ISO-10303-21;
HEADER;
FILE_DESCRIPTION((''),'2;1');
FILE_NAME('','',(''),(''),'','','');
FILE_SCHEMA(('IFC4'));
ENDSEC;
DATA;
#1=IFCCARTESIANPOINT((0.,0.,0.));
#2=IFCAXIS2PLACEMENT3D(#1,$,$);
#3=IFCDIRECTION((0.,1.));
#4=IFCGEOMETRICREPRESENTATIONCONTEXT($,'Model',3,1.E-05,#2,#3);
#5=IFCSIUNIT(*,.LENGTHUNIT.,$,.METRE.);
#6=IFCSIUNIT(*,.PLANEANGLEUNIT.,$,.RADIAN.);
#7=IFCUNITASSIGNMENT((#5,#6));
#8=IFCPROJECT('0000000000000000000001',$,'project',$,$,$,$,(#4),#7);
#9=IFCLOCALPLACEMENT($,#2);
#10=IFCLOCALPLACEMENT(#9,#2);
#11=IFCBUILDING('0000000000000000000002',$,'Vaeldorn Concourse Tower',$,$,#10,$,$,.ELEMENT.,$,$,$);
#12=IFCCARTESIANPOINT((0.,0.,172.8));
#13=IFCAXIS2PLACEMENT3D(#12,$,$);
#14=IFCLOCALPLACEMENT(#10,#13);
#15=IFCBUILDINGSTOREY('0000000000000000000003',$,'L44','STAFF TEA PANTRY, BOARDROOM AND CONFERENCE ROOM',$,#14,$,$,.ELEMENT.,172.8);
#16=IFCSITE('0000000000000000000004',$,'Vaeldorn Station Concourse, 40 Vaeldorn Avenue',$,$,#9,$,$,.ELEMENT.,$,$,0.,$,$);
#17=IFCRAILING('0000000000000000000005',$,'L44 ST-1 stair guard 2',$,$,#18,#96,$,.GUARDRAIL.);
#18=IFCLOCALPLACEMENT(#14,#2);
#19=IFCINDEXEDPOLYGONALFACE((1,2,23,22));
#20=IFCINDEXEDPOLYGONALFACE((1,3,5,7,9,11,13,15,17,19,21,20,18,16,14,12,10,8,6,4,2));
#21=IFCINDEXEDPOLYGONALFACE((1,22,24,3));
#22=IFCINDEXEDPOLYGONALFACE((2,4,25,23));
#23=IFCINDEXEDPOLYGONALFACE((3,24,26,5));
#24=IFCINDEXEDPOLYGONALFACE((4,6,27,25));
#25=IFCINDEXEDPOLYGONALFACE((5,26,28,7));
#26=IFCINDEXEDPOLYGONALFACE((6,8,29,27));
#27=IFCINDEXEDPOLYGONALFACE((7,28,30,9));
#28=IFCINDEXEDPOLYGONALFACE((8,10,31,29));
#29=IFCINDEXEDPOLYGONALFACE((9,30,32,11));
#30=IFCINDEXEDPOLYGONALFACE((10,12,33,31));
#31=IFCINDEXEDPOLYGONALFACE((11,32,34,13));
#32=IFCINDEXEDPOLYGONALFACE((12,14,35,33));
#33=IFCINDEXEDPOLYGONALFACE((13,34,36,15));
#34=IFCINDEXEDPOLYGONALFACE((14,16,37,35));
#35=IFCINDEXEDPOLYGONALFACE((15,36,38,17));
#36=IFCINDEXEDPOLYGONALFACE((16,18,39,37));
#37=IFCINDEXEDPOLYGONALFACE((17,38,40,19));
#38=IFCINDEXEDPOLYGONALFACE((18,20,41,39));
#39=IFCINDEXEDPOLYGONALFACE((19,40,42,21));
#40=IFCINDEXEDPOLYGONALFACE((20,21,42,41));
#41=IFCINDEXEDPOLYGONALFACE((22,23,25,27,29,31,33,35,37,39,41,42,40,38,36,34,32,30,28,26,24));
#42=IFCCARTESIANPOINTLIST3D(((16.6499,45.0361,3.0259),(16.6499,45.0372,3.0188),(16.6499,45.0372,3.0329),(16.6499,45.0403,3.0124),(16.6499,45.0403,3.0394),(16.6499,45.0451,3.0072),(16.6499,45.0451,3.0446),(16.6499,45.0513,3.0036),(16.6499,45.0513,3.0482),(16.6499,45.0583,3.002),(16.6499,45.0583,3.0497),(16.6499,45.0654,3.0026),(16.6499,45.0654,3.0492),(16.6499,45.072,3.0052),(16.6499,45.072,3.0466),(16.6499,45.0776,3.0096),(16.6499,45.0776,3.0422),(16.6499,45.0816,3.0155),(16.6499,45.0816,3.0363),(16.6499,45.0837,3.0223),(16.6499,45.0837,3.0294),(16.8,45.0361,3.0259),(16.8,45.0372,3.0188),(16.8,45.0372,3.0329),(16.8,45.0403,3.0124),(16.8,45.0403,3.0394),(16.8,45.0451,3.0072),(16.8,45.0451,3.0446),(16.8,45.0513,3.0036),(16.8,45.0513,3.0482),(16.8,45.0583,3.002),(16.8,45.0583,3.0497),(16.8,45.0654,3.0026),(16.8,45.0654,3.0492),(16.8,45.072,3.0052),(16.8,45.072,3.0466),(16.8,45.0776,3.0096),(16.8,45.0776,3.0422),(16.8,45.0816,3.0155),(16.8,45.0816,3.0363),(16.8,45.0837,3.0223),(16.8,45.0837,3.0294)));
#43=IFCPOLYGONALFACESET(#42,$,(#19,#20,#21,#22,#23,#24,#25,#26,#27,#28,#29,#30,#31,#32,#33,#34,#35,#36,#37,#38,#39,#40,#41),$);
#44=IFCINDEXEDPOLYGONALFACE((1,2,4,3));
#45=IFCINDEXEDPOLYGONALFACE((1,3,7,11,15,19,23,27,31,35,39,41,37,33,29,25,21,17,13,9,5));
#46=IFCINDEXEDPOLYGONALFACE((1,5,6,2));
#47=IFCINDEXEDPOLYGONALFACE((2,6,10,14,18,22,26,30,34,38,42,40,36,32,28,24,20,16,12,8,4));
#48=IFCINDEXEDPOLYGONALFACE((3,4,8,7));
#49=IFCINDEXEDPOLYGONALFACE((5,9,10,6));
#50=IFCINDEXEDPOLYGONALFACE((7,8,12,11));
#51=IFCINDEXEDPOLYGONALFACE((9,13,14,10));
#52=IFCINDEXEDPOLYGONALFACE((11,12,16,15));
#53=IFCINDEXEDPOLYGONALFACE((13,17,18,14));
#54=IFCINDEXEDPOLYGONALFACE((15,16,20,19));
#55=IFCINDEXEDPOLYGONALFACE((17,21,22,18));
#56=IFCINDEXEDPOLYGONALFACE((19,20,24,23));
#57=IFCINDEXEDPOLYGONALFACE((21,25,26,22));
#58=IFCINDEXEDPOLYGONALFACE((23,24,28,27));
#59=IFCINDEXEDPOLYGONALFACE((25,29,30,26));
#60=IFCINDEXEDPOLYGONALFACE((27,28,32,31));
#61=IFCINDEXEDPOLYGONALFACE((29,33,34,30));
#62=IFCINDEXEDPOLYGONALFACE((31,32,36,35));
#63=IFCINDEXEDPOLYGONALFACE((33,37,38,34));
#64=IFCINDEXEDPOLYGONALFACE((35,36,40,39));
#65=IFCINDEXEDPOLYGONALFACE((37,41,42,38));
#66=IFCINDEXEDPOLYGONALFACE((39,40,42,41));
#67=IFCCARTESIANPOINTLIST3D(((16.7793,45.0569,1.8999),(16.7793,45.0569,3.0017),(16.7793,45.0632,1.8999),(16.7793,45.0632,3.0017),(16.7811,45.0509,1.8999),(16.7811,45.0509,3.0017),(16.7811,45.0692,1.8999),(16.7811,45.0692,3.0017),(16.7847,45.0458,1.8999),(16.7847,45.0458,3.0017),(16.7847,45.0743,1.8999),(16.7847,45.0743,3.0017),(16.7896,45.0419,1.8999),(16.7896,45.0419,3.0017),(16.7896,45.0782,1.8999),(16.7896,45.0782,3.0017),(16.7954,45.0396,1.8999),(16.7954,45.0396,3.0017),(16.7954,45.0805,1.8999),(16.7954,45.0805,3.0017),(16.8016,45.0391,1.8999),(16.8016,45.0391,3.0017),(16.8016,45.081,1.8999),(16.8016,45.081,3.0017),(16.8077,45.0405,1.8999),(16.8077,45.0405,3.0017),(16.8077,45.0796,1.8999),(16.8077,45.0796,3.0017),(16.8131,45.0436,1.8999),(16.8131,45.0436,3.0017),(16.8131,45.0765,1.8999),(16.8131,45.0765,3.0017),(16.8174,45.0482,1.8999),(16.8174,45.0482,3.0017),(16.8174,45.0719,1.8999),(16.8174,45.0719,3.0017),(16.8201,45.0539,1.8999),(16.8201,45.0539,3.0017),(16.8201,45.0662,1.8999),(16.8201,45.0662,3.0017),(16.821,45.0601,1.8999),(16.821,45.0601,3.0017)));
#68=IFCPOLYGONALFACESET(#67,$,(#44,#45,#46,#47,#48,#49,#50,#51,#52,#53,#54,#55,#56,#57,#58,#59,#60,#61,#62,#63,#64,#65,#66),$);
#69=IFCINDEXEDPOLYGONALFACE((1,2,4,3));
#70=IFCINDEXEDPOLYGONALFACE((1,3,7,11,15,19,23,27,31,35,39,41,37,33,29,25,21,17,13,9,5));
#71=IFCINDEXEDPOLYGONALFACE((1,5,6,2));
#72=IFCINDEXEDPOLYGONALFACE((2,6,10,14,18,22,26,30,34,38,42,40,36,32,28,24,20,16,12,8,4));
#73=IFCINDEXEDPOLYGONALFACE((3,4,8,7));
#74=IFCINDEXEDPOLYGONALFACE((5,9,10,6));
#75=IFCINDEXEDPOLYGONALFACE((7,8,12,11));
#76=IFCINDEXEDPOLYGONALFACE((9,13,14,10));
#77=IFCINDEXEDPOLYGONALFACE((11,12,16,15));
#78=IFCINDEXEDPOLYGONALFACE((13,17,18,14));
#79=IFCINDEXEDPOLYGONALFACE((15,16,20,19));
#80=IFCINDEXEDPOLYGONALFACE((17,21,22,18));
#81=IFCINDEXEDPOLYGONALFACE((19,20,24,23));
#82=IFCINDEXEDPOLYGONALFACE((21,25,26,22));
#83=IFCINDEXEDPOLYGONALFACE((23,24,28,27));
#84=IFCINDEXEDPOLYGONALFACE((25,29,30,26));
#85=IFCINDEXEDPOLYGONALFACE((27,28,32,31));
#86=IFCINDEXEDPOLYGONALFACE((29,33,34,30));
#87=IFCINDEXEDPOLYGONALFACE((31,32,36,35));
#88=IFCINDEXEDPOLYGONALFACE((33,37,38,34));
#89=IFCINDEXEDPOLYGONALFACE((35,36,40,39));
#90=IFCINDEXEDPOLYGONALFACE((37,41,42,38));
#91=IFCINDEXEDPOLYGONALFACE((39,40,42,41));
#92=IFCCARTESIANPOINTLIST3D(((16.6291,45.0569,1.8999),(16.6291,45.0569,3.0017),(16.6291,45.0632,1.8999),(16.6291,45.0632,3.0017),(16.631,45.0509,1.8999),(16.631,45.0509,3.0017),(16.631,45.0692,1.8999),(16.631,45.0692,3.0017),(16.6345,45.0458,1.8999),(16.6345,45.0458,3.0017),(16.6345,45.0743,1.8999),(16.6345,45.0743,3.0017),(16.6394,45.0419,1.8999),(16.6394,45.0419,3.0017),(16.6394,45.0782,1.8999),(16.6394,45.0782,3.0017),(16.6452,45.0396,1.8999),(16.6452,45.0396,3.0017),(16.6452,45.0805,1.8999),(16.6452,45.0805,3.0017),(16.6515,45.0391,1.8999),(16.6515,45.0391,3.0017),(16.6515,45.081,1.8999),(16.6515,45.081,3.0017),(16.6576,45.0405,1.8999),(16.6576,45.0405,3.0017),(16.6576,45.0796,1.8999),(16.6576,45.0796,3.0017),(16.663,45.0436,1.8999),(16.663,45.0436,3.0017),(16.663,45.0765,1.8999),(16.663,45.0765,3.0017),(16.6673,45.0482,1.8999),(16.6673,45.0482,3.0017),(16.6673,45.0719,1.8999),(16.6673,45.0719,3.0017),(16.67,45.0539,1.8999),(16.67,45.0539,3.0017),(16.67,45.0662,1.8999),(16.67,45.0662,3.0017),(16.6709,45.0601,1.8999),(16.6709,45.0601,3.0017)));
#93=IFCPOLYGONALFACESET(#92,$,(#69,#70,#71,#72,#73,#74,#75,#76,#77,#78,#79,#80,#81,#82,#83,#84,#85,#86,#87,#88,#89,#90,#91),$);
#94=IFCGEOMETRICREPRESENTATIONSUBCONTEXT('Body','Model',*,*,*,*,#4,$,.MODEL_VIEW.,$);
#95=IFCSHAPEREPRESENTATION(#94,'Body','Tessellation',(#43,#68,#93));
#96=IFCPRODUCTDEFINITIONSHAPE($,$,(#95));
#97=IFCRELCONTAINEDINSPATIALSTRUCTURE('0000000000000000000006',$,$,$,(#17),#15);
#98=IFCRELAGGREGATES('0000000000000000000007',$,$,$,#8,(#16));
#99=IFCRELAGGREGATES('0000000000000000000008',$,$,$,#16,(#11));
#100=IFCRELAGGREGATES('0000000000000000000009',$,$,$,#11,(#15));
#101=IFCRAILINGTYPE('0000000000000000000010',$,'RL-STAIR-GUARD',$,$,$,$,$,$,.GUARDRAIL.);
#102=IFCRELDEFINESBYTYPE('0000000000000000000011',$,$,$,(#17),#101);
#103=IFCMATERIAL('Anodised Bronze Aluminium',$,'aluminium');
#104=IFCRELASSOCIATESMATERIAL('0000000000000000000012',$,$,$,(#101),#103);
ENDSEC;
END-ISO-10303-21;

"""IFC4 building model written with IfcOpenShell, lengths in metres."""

from ifc_helpers import new_model, si_unit, direction, frame, origin, origin_2d, place, context, subcontext, project, spatial, circle, extrude, material, type_object, element, save


model = new_model("IFC4")

# Units and contexts
model_context = context("Model", 3, precision=1e-05, world=origin(), true_north=direction((0.0, 1.0)))
body_context = subcontext(model_context, "Body", "Model", "MODEL_VIEW")
ifc_project = project(units=[si_unit("LENGTHUNIT", "METRE"), si_unit("PLANEANGLEUNIT", "RADIAN")], contexts=[model_context])

# Site, building, storey
site_placement = place(None, origin())
site = spatial("IfcSite", under=ifc_project, at=site_placement, Name="Vaeldorn Station Concourse, 40 Vaeldorn Avenue", CompositionType="ELEMENT", RefElevation=0.0)
building_placement = place(site_placement, origin())
building = spatial("IfcBuilding", under=site, at=building_placement, Name="Vaeldorn Concourse Tower", CompositionType="ELEMENT")
storey_placement = place(building_placement, frame((0.0, 0.0, 172.8)))
storey = spatial("IfcBuildingStorey", under=building, at=storey_placement, Name="L44", Description="STAFF TEA PANTRY, BOARDROOM AND CONFERENCE ROOM", CompositionType="ELEMENT", Elevation=172.8)

# Railing
ifc_material_1 = material(Name="Anodised Bronze Aluminium", Category="aluminium")
railing_type_1 = type_object("IfcRailingType", Name="RL-STAIR-GUARD", PredefinedType="GUARDRAIL", material=ifc_material_1)
railing_1_placement = place(storey_placement, frame((16.8, 45.0601, 1.8999)))
element("IfcRailing", 1, at=railing_1_placement, inside=storey, type_object=railing_type_1, Name="L44 ST-1 stair guard 2", PredefinedType="GUARDRAIL", context=body_context, shape_type="SweptSolid", body=[
    extrude(circle(Radius=0.0239, at=origin_2d()), frame((0.0, 0.0, 1.126), z_axis=(-1.0, 0.0, 0.0), x_axis=(0.0, -1.0, 0.0)), (0.0, 0.0, 1.0), 0.1501),
    extrude(circle(Radius=0.021, at=origin_2d()), origin(), (0.0, 0.0, 1.0), 1.1018),
    extrude(circle(Radius=0.021, at=origin_2d()), frame((-0.1501, 0.0, 0.0)), (0.0, 0.0, 1.0), 1.1018),
])

save(model, "model.ifc")
